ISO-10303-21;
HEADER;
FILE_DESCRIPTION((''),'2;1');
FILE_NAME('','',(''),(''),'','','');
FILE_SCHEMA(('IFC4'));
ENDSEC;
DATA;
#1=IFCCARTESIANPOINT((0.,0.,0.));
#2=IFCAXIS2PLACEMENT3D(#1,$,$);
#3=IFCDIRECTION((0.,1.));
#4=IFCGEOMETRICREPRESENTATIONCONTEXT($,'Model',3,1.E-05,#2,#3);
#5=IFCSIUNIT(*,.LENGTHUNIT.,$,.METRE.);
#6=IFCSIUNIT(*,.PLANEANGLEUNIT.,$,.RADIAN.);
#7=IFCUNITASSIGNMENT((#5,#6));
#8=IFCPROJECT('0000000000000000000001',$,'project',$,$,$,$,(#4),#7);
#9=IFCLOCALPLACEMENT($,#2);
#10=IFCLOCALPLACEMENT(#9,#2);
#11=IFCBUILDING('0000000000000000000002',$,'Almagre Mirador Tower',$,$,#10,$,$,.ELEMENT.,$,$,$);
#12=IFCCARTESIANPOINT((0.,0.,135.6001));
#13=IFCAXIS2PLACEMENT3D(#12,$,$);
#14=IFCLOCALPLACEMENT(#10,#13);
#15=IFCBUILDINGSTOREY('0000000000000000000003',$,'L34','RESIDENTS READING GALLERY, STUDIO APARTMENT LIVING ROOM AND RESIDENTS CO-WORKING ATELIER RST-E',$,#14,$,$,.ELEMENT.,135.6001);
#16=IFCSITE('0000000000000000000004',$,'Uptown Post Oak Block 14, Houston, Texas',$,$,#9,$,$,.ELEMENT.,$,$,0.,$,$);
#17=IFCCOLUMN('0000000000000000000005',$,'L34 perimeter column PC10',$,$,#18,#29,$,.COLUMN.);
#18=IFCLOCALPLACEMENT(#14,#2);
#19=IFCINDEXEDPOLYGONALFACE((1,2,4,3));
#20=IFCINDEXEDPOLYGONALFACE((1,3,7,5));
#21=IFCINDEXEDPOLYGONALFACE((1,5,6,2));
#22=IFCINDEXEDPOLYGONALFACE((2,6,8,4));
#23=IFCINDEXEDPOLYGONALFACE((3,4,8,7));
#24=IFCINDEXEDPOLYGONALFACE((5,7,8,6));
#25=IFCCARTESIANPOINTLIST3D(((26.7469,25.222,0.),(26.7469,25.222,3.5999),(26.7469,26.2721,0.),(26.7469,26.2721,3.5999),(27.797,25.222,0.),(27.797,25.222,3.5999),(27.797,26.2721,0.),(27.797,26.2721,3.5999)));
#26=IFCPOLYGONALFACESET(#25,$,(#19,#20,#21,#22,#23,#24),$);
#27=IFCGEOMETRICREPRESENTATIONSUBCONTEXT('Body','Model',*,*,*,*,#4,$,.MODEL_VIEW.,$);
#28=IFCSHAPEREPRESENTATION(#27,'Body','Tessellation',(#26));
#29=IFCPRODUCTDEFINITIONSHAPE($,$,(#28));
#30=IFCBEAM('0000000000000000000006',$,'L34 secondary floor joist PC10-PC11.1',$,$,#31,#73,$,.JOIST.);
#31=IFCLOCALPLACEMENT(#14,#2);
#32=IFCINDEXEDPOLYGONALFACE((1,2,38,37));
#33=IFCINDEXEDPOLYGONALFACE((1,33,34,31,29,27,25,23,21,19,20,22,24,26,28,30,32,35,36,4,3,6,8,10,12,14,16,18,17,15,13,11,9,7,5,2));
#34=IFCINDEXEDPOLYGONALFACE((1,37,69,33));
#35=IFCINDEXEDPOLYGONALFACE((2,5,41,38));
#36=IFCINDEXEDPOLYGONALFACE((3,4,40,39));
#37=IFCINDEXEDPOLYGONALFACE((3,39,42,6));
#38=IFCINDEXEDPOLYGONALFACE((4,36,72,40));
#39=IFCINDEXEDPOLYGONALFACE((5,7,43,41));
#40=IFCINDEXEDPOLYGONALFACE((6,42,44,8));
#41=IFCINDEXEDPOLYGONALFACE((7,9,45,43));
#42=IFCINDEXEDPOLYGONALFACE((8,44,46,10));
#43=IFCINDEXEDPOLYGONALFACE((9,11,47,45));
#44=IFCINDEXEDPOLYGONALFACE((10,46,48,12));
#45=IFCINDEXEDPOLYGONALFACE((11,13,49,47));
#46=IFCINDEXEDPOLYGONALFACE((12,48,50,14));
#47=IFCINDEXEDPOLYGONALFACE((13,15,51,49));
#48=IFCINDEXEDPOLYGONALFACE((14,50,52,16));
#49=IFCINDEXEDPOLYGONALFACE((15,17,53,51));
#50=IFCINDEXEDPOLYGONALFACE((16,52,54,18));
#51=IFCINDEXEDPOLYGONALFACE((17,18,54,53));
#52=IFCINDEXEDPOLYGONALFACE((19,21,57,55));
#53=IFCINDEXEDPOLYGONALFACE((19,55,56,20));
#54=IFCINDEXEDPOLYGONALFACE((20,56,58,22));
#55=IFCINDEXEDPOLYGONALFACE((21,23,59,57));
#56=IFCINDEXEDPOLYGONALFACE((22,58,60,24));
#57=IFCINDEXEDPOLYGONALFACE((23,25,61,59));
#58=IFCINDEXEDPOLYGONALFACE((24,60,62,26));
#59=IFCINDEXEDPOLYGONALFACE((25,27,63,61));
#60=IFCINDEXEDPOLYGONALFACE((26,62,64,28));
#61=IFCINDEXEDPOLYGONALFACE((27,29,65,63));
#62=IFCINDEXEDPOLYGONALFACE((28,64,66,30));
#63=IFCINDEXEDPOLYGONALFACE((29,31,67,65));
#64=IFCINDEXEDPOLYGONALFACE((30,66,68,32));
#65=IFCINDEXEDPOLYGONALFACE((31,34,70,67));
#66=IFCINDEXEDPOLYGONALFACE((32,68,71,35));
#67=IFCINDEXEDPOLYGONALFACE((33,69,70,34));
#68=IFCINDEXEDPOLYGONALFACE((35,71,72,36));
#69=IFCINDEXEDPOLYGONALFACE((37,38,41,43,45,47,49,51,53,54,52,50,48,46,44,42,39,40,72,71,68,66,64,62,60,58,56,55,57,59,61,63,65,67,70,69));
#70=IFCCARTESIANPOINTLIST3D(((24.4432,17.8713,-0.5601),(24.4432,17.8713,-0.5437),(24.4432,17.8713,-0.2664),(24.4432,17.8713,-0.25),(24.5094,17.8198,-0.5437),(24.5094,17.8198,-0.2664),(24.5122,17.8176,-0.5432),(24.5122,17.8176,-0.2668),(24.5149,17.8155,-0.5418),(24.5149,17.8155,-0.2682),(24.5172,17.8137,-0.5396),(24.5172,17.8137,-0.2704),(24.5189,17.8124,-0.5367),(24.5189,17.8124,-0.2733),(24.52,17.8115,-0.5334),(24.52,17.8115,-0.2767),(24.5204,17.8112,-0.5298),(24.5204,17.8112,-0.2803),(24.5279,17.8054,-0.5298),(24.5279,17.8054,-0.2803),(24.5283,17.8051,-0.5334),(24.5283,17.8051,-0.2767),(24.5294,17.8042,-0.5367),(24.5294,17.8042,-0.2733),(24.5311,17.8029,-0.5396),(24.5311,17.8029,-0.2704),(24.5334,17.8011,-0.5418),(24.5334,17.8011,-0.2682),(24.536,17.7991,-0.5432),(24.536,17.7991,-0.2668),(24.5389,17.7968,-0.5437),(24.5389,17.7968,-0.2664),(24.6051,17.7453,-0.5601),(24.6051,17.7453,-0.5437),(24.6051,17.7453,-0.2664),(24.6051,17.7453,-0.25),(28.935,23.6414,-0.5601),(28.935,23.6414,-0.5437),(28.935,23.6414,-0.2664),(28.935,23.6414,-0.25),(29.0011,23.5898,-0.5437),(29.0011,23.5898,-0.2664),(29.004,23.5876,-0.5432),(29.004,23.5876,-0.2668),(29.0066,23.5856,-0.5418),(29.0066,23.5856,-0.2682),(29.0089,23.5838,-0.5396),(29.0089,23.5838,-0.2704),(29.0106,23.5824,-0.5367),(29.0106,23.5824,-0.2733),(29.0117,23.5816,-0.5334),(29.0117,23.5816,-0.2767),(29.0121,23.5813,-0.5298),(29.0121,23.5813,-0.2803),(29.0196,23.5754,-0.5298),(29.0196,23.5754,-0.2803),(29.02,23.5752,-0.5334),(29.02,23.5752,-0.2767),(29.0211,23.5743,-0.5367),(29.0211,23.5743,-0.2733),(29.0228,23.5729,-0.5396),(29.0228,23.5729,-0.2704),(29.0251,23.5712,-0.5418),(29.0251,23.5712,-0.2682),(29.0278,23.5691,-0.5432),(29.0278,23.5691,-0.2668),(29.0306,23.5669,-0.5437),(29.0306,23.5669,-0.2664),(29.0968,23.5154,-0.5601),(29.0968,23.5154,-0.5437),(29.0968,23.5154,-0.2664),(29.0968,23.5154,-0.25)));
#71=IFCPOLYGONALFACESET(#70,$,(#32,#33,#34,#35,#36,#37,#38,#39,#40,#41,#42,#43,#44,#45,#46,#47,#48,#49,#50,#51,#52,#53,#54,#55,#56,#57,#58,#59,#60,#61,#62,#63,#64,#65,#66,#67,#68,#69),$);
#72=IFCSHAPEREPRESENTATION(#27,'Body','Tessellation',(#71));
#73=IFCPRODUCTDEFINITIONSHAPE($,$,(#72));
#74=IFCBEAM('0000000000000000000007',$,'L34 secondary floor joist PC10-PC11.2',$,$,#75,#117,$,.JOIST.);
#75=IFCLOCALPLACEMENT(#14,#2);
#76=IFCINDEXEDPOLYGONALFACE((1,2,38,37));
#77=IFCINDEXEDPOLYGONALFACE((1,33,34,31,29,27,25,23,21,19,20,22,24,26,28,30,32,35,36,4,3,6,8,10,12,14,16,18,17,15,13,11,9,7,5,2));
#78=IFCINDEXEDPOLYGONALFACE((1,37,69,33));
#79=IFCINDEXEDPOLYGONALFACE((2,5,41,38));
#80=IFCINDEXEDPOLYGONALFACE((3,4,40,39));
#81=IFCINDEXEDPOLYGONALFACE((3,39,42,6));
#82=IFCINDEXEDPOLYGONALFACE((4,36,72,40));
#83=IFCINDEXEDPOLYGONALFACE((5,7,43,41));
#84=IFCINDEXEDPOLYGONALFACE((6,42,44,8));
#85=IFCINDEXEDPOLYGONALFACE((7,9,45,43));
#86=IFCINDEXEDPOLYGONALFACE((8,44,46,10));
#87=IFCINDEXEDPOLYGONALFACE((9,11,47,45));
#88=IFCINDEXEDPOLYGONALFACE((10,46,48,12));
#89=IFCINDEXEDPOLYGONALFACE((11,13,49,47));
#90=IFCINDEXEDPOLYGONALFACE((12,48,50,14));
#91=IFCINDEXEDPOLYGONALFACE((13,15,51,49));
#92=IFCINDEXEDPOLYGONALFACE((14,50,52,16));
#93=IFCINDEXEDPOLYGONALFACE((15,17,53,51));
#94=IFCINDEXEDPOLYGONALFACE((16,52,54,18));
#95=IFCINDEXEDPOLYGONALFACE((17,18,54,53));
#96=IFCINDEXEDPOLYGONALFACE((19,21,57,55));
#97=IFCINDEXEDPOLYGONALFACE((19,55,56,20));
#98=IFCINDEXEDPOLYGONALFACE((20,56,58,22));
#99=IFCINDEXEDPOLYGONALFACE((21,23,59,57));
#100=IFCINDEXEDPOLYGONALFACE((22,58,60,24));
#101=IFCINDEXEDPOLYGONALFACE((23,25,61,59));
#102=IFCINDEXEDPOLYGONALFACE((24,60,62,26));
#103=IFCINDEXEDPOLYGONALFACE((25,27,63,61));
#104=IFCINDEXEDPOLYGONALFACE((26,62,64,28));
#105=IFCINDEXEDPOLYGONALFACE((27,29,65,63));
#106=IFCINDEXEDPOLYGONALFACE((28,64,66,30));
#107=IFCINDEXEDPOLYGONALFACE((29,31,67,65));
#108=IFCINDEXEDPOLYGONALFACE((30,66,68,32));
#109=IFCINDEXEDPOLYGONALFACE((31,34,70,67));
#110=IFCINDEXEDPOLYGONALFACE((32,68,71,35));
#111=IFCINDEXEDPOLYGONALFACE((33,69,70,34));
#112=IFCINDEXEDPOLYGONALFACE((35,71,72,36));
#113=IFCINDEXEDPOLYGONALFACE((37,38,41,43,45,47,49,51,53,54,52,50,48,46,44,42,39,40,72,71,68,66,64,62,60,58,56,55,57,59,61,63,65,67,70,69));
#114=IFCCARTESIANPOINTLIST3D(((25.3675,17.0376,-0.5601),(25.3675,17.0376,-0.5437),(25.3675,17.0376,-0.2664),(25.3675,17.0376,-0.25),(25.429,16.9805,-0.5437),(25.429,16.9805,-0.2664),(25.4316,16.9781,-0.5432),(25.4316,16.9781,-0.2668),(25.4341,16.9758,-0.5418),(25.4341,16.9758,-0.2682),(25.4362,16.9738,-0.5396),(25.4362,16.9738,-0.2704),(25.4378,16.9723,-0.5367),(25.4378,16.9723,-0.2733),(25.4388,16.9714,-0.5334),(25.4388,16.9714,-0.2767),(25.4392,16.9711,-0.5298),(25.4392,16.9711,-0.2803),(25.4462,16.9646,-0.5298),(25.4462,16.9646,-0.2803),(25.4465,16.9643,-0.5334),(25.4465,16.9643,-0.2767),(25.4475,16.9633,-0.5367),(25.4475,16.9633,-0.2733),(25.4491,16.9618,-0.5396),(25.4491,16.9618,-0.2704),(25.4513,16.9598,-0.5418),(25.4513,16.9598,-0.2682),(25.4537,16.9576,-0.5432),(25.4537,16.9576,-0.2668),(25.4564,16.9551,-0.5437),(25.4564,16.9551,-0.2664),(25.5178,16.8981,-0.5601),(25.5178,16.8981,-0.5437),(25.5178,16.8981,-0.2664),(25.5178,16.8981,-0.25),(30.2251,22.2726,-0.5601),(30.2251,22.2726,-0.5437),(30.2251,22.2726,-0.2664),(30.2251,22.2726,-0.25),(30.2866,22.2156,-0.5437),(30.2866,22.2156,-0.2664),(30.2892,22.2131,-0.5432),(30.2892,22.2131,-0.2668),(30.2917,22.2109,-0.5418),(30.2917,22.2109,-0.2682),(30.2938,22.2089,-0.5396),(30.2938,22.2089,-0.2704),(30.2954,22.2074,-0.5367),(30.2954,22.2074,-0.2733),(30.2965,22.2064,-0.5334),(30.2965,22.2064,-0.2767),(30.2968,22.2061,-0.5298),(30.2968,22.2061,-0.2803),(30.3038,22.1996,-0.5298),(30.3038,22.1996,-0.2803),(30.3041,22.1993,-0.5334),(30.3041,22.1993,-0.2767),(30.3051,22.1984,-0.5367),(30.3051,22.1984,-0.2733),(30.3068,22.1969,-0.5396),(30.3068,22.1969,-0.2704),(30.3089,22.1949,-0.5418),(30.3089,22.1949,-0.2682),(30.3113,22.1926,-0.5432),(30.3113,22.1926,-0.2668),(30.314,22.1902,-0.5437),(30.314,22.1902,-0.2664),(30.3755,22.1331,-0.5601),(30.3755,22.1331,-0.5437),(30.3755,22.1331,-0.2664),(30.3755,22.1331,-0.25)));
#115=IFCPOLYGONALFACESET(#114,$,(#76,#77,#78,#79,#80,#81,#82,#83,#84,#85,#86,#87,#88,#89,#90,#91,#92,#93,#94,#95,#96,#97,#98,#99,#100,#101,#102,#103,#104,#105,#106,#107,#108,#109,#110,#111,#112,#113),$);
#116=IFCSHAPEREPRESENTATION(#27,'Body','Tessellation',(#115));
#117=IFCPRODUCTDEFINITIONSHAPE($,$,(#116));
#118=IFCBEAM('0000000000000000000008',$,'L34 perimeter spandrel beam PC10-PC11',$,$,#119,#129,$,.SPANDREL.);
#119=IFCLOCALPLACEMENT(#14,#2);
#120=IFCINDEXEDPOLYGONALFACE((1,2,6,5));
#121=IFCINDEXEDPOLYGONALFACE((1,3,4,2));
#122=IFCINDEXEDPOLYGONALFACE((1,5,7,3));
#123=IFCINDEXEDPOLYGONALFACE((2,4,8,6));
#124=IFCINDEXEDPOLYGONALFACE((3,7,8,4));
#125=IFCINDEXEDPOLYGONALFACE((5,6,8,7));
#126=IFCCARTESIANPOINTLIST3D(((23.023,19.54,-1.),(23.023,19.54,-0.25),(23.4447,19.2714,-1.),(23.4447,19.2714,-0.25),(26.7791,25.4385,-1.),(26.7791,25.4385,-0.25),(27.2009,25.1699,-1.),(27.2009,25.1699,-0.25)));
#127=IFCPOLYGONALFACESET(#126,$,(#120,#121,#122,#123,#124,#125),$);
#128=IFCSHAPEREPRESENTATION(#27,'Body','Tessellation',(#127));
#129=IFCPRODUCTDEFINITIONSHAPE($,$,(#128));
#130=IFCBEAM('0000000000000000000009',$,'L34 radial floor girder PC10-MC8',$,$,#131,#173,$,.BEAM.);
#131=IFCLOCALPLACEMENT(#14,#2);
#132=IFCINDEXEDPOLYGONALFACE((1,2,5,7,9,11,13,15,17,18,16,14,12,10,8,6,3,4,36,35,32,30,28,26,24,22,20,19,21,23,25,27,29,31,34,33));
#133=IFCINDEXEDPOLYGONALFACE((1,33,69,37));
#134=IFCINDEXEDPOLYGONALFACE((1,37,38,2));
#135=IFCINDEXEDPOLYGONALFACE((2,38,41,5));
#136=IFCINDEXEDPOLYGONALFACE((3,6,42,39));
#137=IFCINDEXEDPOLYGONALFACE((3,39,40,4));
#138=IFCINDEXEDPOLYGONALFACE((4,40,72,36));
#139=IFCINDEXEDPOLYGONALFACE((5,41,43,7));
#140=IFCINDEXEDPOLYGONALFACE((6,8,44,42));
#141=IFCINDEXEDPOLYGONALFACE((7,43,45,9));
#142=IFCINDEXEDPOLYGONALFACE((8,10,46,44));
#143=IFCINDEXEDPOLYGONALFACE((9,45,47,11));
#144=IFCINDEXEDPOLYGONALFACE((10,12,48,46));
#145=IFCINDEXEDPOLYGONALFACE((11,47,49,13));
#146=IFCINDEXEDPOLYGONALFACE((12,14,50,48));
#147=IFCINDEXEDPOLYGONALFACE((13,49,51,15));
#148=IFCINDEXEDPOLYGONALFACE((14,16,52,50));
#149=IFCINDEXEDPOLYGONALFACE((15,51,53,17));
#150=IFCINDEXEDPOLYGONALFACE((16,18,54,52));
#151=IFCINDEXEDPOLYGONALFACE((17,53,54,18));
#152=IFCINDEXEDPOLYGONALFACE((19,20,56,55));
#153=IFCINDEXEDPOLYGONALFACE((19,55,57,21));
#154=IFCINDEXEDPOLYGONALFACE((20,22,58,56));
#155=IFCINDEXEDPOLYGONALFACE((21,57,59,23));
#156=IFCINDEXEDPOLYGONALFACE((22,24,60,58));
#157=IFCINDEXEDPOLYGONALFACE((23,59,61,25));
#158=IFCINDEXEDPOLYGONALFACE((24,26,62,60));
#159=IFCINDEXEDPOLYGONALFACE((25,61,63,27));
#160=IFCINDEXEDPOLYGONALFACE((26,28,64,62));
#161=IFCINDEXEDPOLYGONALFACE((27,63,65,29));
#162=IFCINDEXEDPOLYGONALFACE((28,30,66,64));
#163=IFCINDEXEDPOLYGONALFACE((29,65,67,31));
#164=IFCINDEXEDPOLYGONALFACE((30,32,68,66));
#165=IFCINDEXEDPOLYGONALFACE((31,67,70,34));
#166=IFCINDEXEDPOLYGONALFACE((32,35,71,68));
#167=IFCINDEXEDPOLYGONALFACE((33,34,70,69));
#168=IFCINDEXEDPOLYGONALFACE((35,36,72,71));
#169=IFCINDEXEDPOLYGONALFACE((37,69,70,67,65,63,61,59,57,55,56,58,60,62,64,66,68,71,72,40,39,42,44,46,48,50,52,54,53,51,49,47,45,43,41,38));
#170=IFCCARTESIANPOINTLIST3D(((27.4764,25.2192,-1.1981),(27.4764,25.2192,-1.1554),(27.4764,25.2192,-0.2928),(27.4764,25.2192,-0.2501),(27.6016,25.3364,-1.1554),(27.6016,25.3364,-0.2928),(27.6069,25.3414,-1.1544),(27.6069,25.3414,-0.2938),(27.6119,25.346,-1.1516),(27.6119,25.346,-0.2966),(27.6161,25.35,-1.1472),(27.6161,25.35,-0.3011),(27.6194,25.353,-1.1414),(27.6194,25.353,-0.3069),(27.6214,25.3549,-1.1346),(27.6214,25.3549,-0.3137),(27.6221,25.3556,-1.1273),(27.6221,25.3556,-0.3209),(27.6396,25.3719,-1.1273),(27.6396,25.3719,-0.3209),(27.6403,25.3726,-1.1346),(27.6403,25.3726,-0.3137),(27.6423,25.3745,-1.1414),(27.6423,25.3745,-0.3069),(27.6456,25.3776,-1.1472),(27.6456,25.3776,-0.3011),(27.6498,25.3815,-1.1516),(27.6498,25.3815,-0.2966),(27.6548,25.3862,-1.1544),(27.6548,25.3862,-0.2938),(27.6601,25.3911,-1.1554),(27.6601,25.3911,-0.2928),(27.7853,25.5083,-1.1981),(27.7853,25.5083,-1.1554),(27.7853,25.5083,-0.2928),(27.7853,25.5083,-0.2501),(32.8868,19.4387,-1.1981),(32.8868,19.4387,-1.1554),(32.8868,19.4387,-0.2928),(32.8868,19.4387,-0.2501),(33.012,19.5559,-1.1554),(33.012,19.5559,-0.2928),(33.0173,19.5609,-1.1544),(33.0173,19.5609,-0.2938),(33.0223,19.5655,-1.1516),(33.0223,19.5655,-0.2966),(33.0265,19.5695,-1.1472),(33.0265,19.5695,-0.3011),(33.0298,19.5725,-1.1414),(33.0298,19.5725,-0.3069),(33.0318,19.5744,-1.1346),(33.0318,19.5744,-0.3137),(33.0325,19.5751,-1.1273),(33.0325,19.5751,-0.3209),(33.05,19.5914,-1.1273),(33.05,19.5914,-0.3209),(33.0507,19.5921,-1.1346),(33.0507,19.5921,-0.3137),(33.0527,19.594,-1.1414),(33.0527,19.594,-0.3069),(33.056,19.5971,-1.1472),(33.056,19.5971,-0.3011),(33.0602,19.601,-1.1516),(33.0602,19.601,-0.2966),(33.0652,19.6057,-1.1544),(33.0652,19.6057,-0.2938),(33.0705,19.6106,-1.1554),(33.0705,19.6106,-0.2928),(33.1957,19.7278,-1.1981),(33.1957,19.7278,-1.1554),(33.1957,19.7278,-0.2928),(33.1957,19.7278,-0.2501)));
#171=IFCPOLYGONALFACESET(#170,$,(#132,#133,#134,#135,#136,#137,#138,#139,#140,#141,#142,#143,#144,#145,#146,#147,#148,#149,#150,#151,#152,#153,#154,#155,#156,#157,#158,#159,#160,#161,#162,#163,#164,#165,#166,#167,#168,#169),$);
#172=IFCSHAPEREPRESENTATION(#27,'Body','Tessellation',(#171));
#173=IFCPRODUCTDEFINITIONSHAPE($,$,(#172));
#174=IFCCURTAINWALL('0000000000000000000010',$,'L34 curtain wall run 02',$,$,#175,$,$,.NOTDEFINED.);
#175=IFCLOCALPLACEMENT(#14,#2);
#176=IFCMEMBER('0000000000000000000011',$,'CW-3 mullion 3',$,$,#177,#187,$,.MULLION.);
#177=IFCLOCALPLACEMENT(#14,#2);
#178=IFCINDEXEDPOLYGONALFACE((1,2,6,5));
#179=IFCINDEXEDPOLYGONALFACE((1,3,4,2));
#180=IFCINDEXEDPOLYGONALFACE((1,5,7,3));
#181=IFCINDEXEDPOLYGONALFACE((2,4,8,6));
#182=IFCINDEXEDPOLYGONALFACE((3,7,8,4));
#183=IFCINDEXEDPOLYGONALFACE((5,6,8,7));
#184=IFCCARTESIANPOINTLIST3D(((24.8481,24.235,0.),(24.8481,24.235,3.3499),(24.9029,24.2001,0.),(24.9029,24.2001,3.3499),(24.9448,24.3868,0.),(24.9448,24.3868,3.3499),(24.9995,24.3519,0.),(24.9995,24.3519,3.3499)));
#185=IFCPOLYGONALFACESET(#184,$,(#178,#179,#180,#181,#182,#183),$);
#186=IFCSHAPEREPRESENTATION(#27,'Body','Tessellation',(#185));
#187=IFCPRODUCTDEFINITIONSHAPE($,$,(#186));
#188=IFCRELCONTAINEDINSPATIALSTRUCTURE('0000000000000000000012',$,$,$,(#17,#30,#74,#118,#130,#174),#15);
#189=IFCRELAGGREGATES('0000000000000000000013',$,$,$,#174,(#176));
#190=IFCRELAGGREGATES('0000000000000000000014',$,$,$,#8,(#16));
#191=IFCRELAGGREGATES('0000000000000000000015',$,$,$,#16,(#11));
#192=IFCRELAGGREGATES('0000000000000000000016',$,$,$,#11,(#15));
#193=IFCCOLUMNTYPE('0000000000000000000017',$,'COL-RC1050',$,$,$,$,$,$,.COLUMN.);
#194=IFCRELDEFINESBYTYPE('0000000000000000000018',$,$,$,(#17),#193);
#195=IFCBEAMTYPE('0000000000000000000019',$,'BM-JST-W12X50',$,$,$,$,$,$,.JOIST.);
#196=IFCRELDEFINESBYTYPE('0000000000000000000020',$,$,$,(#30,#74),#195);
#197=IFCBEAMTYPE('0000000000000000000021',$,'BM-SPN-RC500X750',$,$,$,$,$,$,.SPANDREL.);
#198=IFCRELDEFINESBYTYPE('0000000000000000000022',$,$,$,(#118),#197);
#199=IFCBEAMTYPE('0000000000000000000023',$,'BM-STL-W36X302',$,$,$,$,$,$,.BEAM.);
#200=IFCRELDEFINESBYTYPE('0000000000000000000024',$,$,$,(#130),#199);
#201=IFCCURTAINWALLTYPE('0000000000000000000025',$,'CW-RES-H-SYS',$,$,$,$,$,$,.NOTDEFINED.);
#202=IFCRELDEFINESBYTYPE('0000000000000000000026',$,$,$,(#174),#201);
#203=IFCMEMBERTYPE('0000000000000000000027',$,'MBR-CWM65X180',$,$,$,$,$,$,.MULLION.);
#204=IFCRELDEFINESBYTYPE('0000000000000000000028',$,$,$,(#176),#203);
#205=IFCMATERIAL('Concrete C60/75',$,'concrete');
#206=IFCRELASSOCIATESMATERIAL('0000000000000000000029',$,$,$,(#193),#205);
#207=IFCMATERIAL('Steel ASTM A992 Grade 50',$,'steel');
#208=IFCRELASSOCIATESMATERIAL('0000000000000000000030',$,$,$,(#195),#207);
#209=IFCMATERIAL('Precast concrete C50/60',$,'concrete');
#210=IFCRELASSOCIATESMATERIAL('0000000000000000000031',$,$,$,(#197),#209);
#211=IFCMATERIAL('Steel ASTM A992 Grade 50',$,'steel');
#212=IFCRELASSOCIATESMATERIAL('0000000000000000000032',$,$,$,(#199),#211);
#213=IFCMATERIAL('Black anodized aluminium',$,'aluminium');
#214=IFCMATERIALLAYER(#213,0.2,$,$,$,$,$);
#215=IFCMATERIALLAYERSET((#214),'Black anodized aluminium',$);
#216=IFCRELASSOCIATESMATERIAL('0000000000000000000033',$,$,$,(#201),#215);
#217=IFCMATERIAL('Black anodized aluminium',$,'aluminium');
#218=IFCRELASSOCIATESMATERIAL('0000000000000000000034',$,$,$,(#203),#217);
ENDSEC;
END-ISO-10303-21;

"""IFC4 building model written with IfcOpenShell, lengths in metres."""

from ifc_helpers import new_model, si_unit, direction, frame, origin, origin_2d, place, context, subcontext, project, spatial, rectangle, i_section, extrude, material, layer, layer_set, material_profile, profile_set, type_object, element, aggregate, save


model = new_model("IFC4")

# Units and contexts
model_context = context("Model", 3, precision=1e-05, world=origin(), true_north=direction((0.0, 1.0)))
body_context = subcontext(model_context, "Body", "Model", "MODEL_VIEW")
ifc_project = project(units=[si_unit("LENGTHUNIT", "METRE"), si_unit("PLANEANGLEUNIT", "RADIAN")], contexts=[model_context])

# Site, building, storey
site_placement = place(None, origin())
site = spatial("IfcSite", under=ifc_project, at=site_placement, Name="Uptown Post Oak Block 14, Houston, Texas", CompositionType="ELEMENT", RefElevation=0.0)
building_placement = place(site_placement, origin())
building = spatial("IfcBuilding", under=site, at=building_placement, Name="Almagre Mirador Tower", CompositionType="ELEMENT")
storey_placement = place(building_placement, frame((0.0, 0.0, 135.6001)))
storey = spatial("IfcBuildingStorey", under=building, at=storey_placement, Name="L34", Description="RESIDENTS READING GALLERY, STUDIO APARTMENT LIVING ROOM AND RESIDENTS CO-WORKING ATELIER RST-E", CompositionType="ELEMENT", Elevation=135.6001)

# Column
ifc_material_1 = material(Name="Concrete C60/75", Category="concrete")
ifc_material_profile_1 = material_profile(ifc_material_1, rectangle(XDim=1.05, YDim=1.05, at=origin_2d()), Name="RC1050X1050")
ifc_profile_set_1 = profile_set([ifc_material_profile_1], Name="Concrete C60/75")
column_type = type_object("IfcColumnType", Name="COL-RC1050", PredefinedType="COLUMN", material=ifc_profile_set_1)
column_placement = place(storey_placement, frame((27.272, 25.7471, 0.0), z_axis=(0.0, 0.0, 1.0), x_axis=(1.0, 0.0, 0.0)))
element("IfcColumn", 1, at=column_placement, inside=storey, type_object=column_type, Name="L34 perimeter column PC10", PredefinedType="COLUMN", context=body_context, shape_type="SweptSolid", body=[
    extrude(rectangle(XDim=1.05, YDim=1.05, at=origin_2d()), origin(), (0.0, 0.0, 1.0), 3.5999),
])

# Beams
ifc_material_2 = material(Name="Steel ASTM A992 Grade 50", Category="steel")
ifc_material_profile_2 = material_profile(ifc_material_2, i_section(OverallWidth=0.2051, OverallDepth=0.3101, WebThickness=0.0095, FlangeThickness=0.0164, FilletRadius=0.0139, at=origin_2d()), Name="W12X50")
ifc_profile_set_2 = profile_set([ifc_material_profile_2], Name="Steel ASTM A992 Grade 50")
beam_type_1 = type_object("IfcBeamType", Name="BM-JST-W12X50", PredefinedType="JOIST", material=ifc_profile_set_2)
beam_1_placement = place(storey_placement, frame((29.0159, 23.5784, -0.405), z_axis=(-0.614273, -0.789093, 0.0), x_axis=(0.789093, -0.614273, 0.0)))
element("IfcBeam", 2, at=beam_1_placement, inside=storey, type_object=beam_type_1, Name="L34 secondary floor joist PC10-PC11.1", PredefinedType="JOIST", context=body_context, shape_type="SweptSolid", body=[
    extrude(i_section(OverallWidth=0.2051, OverallDepth=0.3101, WebThickness=0.0095, FlangeThickness=0.0164, FilletRadius=0.0139, at=origin_2d()), origin(), (0.0, 0.0, 1.0), 7.3123),
])
beam_2_placement = place(storey_placement, frame((30.3003, 22.2029, -0.405), z_axis=(-0.680187, -0.733038, 0.0), x_axis=(0.733038, -0.680187, 0.0)))
element("IfcBeam", 3, at=beam_2_placement, inside=storey, type_object=beam_type_1, Name="L34 secondary floor joist PC10-PC11.2", PredefinedType="JOIST", context=body_context, shape_type="SweptSolid", body=[
    extrude(i_section(OverallWidth=0.2051, OverallDepth=0.3101, WebThickness=0.0095, FlangeThickness=0.0164, FilletRadius=0.0139, at=origin_2d()), origin(), (0.0, 0.0, 1.0), 7.1416),
])
ifc_material_3 = material(Name="Precast concrete C50/60", Category="concrete")
ifc_material_profile_3 = material_profile(ifc_material_3, rectangle(XDim=0.5, YDim=0.75, at=origin_2d()), Name="RC500X750")
ifc_profile_set_3 = profile_set([ifc_material_profile_3], Name="Precast concrete C50/60")
beam_type_2 = type_object("IfcBeamType", Name="BM-SPN-RC500X750", PredefinedType="SPANDREL", material=ifc_profile_set_3)
beam_3_placement = place(storey_placement, frame((26.99, 25.3042, -0.625), z_axis=(-0.537135, -0.843496, 0.0), x_axis=(0.843496, -0.537135, 0.0)))
element("IfcBeam", 4, at=beam_3_placement, inside=storey, type_object=beam_type_2, Name="L34 perimeter spandrel beam PC10-PC11", PredefinedType="SPANDREL", context=body_context, shape_type="SweptSolid", body=[
    extrude(rectangle(XDim=0.5, YDim=0.75, at=origin_2d()), origin(), (0.0, 0.0, 1.0), 6.9929),
])
ifc_material_4 = material(Name="Steel ASTM A992 Grade 50", Category="steel")
ifc_material_profile_4 = material_profile(ifc_material_4, i_section(OverallWidth=0.4231, OverallDepth=0.948, WebThickness=0.0239, FlangeThickness=0.0427, FilletRadius=0.0281, at=origin_2d()), Name="W36X302")
ifc_profile_set_4 = profile_set([ifc_material_profile_4], Name="Steel ASTM A992 Grade 50")
beam_type_3 = type_object("IfcBeamType", Name="BM-STL-W36X302", PredefinedType="BEAM", material=ifc_profile_set_4)
beam_4_placement = place(storey_placement, frame((27.6309, 25.3638, -0.7241), z_axis=(0.683347, -0.730094, 0.0), x_axis=(0.730094, 0.683347, 0.0)))
element("IfcBeam", 5, at=beam_4_placement, inside=storey, type_object=beam_type_3, Name="L34 radial floor girder PC10-MC8", PredefinedType="BEAM", context=body_context, shape_type="SweptSolid", body=[
    extrude(i_section(OverallWidth=0.4231, OverallDepth=0.948, WebThickness=0.0239, FlangeThickness=0.0427, FilletRadius=0.0281, at=origin_2d()), origin(), (0.0, 0.0, 1.0), 7.9175),
])

# Curtain wall, member
ifc_material_5 = material(Name="Black anodized aluminium", Category="aluminium")
ifc_layer_1 = layer(ifc_material_5, 0.2)
ifc_layer_set_1 = layer_set([ifc_layer_1], Name="Black anodized aluminium")
curtain_wall_type = type_object("IfcCurtainWallType", Name="CW-RES-H-SYS", PredefinedType="NOTDEFINED", material=ifc_layer_set_1)
curtain_wall_placement = place(storey_placement, origin())
curtain_wall = element("IfcCurtainWall", 6, at=curtain_wall_placement, inside=storey, type_object=curtain_wall_type, Name="L34 curtain wall run 02", PredefinedType="NOTDEFINED")
ifc_material_6 = material(Name="Black anodized aluminium", Category="aluminium")
ifc_material_profile_5 = material_profile(ifc_material_6, rectangle(XDim=0.0649, YDim=0.1799, at=origin_2d()), Name="CWM65X180")
ifc_profile_set_5 = profile_set([ifc_material_profile_5], Name="Black anodized aluminium")
member_type_1 = type_object("IfcMemberType", Name="MBR-CWM65X180", PredefinedType="MULLION", material=ifc_profile_set_5)
member_1_placement = place(storey_placement, frame((24.9238, 24.2935, 0.0), z_axis=(0.0, 0.0, 1.0), x_axis=(-0.843502, 0.537126, 0.0)))
member_1 = element("IfcMember", 7, at=member_1_placement, type_object=member_type_1, Name="CW-3 mullion 3", PredefinedType="MULLION", context=body_context, shape_type="SweptSolid", body=[
    extrude(rectangle(XDim=0.0649, YDim=0.1799, at=origin_2d()), origin(), (0.0, 0.0, 1.0), 3.3499),
])
aggregate(curtain_wall, [member_1])

save(model, "model.ifc")
